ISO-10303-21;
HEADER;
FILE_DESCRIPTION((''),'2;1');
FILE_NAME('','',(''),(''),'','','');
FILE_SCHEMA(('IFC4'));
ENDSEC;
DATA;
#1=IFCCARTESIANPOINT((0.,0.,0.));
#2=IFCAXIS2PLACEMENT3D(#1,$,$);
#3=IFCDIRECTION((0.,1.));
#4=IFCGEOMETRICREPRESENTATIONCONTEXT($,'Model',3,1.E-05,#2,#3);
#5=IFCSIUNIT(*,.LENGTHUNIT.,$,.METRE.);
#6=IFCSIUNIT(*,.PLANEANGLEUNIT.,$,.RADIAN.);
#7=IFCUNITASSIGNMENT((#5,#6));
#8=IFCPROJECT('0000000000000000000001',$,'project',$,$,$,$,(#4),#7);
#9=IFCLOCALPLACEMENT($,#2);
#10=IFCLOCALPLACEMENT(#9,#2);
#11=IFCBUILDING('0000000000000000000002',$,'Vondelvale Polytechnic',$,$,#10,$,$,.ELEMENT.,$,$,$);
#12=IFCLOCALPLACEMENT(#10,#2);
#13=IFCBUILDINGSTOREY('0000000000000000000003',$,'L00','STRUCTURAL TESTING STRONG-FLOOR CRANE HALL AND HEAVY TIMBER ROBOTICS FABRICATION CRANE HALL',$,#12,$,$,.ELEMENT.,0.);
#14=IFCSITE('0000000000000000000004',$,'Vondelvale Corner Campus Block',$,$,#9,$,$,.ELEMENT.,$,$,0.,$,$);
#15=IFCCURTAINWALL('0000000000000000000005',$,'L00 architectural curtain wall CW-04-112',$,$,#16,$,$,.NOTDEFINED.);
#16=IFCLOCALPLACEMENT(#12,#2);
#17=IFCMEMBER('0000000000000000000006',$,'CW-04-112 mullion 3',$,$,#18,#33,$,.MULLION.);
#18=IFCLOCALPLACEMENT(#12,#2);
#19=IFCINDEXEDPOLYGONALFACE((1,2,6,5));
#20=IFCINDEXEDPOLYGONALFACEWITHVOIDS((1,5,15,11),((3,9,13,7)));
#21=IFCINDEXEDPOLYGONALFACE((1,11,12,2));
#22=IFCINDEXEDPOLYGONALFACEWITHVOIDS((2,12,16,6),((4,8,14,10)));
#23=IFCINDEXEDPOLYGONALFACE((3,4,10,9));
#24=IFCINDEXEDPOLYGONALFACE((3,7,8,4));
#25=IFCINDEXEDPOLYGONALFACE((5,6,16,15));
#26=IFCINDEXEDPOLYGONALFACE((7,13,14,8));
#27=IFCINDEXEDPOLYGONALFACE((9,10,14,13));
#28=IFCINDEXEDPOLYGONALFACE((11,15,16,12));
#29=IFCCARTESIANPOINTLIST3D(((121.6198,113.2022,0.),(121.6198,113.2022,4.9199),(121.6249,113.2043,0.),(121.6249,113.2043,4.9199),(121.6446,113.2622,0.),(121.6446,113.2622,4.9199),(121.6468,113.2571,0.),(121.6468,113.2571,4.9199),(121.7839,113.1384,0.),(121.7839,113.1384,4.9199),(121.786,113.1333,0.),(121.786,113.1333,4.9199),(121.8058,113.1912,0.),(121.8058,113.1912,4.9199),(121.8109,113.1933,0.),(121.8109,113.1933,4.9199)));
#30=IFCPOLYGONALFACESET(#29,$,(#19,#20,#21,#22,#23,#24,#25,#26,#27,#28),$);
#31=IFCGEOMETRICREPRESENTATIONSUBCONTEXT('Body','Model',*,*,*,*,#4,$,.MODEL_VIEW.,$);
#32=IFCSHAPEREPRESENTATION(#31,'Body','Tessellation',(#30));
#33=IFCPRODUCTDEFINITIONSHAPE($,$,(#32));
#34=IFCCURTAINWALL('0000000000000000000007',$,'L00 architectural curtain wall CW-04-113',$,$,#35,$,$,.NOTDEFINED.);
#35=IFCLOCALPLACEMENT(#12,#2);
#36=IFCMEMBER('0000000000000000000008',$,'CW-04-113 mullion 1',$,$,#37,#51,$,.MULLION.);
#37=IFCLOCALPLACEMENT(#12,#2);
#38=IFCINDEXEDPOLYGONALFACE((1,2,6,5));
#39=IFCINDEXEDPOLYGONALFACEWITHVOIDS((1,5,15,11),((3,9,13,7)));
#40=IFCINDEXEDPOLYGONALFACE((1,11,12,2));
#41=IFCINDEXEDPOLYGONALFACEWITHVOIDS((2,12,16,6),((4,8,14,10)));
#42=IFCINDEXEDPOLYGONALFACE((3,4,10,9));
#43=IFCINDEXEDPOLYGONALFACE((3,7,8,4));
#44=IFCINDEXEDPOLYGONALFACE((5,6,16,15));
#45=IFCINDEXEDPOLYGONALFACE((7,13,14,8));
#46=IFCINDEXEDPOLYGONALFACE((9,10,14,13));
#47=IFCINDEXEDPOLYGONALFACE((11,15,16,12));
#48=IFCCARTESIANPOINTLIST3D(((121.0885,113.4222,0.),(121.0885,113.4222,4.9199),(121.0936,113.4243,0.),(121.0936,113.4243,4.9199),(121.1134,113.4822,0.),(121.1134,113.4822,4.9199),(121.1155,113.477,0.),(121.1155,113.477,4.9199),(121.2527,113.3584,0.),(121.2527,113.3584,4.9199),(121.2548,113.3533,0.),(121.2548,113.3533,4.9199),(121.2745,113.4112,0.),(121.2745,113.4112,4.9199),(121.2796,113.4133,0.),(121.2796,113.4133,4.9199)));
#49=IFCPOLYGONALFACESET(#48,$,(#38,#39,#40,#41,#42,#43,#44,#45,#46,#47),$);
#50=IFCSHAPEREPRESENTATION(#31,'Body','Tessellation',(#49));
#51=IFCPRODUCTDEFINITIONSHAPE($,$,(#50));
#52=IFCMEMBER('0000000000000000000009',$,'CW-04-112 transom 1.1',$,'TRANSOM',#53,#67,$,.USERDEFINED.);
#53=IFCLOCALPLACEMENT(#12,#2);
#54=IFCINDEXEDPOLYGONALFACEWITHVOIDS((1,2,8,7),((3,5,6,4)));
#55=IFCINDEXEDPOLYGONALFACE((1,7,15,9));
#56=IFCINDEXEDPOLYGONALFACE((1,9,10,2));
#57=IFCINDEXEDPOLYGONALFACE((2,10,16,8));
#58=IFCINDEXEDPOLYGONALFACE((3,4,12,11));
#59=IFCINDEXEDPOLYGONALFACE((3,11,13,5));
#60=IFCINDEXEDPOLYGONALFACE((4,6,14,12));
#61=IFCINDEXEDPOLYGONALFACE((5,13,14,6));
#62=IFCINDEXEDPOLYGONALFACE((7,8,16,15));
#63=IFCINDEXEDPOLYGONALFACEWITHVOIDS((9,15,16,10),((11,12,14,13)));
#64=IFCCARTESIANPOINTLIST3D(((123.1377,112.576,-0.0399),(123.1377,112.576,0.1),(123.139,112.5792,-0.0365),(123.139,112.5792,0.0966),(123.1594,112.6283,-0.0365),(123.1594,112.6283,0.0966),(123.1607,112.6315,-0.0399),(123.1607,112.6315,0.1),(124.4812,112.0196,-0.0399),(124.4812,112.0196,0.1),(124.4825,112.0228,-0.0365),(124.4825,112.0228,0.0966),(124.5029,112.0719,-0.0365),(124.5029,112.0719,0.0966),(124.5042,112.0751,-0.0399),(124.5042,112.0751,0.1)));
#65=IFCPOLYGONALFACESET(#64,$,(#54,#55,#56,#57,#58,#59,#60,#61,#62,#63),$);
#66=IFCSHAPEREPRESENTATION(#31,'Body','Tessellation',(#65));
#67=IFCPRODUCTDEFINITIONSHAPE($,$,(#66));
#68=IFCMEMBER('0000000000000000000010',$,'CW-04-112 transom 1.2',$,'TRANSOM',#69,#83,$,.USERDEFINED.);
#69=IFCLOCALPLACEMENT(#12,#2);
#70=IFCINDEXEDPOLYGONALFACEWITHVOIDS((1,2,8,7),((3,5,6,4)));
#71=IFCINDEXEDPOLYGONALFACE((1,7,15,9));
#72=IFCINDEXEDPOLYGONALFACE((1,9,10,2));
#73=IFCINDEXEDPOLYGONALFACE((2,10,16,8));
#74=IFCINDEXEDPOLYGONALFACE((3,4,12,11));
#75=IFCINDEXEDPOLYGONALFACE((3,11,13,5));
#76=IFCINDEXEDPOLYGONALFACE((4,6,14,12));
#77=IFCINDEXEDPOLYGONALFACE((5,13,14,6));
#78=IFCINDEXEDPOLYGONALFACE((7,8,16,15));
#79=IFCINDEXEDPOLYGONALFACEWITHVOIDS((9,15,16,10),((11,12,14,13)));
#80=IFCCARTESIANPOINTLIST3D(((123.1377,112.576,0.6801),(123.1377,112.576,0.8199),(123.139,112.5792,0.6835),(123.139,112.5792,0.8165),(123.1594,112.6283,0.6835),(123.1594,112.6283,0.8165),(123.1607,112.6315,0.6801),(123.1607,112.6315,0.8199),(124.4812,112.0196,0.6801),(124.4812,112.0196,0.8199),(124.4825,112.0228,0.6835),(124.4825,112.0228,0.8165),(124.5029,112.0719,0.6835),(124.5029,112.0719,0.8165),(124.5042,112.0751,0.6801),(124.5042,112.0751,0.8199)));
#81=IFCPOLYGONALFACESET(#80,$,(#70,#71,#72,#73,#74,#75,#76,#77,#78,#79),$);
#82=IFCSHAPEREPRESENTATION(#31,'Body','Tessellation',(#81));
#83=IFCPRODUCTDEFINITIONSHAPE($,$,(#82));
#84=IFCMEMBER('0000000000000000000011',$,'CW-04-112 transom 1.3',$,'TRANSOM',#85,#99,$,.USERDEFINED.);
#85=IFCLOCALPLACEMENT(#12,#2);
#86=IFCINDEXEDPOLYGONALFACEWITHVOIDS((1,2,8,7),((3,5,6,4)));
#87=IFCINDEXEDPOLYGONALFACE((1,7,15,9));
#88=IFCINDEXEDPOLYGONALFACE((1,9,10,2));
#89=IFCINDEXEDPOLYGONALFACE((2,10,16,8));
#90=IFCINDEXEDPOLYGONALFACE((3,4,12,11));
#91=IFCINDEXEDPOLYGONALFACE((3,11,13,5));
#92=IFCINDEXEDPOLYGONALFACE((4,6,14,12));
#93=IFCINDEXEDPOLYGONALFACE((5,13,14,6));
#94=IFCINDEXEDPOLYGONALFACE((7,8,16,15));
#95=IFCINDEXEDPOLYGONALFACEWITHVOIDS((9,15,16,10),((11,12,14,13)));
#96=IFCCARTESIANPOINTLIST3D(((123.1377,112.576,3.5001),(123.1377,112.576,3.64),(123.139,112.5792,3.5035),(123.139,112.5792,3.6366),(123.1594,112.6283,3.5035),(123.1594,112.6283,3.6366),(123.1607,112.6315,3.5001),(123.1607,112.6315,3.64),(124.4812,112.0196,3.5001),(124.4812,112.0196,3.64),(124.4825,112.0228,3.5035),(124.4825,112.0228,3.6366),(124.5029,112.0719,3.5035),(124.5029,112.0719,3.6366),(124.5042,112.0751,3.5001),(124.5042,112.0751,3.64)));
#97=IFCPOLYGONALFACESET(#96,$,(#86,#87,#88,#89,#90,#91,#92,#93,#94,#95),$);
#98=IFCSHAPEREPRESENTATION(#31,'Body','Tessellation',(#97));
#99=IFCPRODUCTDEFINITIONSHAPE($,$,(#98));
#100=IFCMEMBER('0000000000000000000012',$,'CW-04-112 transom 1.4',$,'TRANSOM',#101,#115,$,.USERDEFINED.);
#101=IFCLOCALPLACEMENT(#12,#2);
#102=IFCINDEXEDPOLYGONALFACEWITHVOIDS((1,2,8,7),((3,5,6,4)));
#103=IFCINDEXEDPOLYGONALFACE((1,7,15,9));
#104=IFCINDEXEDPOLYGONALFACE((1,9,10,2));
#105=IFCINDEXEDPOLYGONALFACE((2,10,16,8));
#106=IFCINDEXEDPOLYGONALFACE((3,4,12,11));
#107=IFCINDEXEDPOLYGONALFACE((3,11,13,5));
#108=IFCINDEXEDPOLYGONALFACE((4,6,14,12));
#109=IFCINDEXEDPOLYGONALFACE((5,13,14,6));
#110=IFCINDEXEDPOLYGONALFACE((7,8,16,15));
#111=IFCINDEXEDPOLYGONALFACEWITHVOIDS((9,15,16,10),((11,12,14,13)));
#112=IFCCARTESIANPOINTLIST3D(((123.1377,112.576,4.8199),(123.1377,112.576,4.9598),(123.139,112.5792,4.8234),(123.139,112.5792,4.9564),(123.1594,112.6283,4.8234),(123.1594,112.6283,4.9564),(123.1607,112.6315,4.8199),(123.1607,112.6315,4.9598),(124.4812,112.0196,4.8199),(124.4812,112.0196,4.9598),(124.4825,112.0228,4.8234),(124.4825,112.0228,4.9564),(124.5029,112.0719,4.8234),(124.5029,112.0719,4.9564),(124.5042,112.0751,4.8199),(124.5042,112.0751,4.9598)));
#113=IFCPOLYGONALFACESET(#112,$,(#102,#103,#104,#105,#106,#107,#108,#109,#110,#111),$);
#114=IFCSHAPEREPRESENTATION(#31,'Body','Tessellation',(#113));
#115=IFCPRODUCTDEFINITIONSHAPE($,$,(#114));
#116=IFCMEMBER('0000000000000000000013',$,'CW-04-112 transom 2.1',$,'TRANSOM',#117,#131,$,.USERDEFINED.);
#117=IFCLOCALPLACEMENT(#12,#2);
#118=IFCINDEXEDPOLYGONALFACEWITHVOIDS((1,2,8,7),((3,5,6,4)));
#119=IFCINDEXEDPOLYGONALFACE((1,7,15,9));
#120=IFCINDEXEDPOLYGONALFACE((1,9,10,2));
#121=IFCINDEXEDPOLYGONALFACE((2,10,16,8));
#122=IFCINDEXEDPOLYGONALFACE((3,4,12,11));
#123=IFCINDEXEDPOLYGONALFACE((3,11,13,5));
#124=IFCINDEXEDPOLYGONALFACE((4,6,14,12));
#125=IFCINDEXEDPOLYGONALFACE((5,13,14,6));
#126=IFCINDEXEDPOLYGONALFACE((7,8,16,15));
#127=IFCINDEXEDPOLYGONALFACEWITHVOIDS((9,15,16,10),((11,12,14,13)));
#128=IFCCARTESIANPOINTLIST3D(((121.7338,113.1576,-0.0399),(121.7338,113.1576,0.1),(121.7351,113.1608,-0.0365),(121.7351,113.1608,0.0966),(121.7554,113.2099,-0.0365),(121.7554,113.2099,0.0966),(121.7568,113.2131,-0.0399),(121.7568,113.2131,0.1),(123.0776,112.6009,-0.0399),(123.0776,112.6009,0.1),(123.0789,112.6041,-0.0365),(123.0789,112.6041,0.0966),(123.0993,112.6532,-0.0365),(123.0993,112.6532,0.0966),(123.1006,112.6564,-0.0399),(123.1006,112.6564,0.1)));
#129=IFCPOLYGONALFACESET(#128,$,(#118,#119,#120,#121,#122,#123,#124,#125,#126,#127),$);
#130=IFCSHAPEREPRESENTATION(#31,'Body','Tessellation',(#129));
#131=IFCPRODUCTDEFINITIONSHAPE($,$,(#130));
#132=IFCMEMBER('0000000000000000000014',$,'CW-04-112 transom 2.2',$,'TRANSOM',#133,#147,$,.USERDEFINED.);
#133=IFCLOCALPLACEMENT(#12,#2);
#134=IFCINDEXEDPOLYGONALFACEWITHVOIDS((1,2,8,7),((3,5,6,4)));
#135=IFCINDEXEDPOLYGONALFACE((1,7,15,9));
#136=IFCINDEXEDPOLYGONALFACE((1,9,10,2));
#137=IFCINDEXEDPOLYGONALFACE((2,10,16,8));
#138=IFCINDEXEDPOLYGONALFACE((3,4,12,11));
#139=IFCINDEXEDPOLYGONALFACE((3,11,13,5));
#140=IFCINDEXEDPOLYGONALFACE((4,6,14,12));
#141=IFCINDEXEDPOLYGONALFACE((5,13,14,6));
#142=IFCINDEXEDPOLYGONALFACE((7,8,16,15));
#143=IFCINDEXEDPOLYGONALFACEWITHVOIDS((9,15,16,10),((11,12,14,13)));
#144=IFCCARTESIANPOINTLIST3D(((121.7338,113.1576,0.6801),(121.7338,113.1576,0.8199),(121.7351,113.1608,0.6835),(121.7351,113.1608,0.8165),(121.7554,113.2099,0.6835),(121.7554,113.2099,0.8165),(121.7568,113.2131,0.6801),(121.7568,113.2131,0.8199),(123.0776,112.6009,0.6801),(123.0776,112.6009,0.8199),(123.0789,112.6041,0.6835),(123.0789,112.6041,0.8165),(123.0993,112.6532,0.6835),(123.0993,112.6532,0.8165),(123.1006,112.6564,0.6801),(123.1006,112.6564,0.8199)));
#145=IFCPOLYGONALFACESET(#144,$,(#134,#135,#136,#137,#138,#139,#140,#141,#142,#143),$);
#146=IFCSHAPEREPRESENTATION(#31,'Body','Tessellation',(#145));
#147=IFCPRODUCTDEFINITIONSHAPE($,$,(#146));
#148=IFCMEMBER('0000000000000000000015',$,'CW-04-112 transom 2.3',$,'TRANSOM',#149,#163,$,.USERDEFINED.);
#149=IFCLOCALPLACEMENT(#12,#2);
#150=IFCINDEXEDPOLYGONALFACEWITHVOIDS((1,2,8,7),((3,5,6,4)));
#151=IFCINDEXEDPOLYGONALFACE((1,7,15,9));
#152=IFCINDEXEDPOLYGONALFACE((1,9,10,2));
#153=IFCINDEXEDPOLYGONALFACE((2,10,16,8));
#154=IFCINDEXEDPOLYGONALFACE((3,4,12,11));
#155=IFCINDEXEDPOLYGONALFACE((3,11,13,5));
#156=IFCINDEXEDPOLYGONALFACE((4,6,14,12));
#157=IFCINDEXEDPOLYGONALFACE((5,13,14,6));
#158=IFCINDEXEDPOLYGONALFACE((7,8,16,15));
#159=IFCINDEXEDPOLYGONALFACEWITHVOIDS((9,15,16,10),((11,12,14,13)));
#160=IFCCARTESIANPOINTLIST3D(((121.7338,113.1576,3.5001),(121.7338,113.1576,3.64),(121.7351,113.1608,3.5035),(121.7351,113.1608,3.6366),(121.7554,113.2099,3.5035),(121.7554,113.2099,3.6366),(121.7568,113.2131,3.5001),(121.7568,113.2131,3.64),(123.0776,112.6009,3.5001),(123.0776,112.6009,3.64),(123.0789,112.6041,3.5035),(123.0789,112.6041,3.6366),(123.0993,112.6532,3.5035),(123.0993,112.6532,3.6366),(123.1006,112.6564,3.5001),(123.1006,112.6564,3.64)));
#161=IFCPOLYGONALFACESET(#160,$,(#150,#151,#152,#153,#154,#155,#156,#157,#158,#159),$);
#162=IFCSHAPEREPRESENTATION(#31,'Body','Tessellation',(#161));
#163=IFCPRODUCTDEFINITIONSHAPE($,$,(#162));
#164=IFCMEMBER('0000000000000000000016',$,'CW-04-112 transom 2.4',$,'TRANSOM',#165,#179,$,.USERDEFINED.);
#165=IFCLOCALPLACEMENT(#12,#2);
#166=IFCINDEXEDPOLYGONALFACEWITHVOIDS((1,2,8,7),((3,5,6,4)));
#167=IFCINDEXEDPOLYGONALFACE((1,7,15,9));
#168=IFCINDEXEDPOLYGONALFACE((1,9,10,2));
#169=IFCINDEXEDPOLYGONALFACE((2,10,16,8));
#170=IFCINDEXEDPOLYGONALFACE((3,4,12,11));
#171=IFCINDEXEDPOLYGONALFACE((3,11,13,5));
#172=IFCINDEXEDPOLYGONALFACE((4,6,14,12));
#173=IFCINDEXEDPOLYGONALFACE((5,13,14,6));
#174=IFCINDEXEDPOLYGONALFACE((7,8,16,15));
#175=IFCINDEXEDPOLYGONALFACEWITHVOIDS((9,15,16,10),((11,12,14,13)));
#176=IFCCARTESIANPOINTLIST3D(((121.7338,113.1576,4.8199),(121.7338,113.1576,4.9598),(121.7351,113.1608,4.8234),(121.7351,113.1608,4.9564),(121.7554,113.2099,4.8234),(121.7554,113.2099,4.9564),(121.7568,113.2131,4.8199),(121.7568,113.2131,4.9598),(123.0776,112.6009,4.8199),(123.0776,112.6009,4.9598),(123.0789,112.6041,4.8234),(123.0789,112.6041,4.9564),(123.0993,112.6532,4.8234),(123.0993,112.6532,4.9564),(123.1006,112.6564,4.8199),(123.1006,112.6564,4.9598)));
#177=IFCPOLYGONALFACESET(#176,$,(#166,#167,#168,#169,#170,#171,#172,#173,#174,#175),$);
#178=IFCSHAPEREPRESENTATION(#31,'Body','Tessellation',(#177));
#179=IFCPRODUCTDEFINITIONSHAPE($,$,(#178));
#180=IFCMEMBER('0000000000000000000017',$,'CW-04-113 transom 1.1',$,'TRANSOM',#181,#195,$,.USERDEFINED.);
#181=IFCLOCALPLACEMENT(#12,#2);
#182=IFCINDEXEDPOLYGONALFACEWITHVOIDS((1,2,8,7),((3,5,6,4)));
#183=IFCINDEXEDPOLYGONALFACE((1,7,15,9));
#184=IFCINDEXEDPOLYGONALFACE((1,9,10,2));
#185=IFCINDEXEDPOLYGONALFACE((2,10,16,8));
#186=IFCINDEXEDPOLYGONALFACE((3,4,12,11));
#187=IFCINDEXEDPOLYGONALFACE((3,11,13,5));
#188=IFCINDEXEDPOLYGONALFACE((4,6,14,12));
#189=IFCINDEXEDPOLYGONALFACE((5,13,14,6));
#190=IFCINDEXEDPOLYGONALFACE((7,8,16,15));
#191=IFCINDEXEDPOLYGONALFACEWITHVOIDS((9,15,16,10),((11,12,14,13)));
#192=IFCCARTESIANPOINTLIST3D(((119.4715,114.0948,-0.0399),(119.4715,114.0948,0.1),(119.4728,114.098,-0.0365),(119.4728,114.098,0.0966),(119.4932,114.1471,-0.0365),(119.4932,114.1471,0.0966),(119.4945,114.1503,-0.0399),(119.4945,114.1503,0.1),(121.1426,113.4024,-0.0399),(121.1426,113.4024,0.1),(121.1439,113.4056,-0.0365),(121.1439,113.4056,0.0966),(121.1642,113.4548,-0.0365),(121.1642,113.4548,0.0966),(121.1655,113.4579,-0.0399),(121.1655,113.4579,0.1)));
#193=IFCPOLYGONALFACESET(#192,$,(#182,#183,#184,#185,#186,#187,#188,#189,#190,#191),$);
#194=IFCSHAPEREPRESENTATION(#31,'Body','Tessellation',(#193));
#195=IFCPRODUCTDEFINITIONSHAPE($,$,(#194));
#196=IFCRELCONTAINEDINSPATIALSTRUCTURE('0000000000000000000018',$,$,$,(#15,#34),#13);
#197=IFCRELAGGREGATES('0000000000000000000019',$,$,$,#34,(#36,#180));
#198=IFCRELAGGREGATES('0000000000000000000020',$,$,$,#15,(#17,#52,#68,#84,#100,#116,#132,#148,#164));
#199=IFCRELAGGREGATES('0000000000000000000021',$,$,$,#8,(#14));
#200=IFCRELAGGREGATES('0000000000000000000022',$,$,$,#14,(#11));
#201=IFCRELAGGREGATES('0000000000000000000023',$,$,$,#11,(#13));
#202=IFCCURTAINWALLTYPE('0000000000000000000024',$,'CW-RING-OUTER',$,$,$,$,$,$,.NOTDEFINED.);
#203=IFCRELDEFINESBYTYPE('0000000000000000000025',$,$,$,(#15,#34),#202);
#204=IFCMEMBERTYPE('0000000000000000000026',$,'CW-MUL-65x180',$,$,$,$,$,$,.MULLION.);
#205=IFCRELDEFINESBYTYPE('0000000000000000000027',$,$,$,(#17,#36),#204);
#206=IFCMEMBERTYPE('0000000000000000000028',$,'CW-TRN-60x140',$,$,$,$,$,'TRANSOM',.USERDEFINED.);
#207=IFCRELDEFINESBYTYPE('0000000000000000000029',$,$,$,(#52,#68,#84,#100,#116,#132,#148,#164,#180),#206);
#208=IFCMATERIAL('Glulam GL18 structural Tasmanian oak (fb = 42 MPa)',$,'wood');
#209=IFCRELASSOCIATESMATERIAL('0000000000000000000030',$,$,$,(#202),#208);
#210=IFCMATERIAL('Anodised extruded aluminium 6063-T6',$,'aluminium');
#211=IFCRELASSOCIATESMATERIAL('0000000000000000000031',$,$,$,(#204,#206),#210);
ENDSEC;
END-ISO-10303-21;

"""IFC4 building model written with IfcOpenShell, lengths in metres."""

from ifc_helpers import new_model, si_unit, direction, frame, origin, origin_2d, place, context, subcontext, project, spatial, hollow_rectangle, extrude, material, material_profile, profile_set, type_object, element, aggregate, save


model = new_model("IFC4")

# Units and contexts
model_context = context("Model", 3, precision=1e-05, world=origin(), true_north=direction((0.0, 1.0)))
body_context = subcontext(model_context, "Body", "Model", "MODEL_VIEW")
ifc_project = project(units=[si_unit("LENGTHUNIT", "METRE"), si_unit("PLANEANGLEUNIT", "RADIAN")], contexts=[model_context])

# Site, building, storey
site_placement = place(None, origin())
site = spatial("IfcSite", under=ifc_project, at=site_placement, Name="Vondelvale Corner Campus Block", CompositionType="ELEMENT", RefElevation=0.0)
building_placement = place(site_placement, origin())
building = spatial("IfcBuilding", under=site, at=building_placement, Name="Vondelvale Polytechnic", CompositionType="ELEMENT")
storey_placement = place(building_placement, origin())
storey = spatial("IfcBuildingStorey", under=building, at=storey_placement, Name="L00", Description="STRUCTURAL TESTING STRONG-FLOOR CRANE HALL AND HEAVY TIMBER ROBOTICS FABRICATION CRANE HALL", CompositionType="ELEMENT", Elevation=0.0)

# Shared definitions
ifc_material_1 = material(Name="Glulam GL18 structural Tasmanian oak (fb = 42 MPa)", Category="wood")

# Shared definitions
curtain_wall_type = type_object("IfcCurtainWallType", Name="CW-RING-OUTER", PredefinedType="NOTDEFINED", material=ifc_material_1)
ifc_material_2 = material(Name="Anodised extruded aluminium 6063-T6", Category="aluminium")
ifc_material_profile_1 = material_profile(ifc_material_2, hollow_rectangle(XDim=0.0649, YDim=0.1799, WallThickness=0.0039, at=origin_2d()), Name="CW-MUL-180x65")
ifc_profile_set_1 = profile_set([ifc_material_profile_1], Name="Anodised extruded aluminium 6063-T6")
member_type_1 = type_object("IfcMemberType", Name="CW-MUL-65x180", PredefinedType="MULLION", material=ifc_profile_set_1)

# Curtain wall, member
curtain_wall_1_placement = place(storey_placement, origin())
curtain_wall_1 = element("IfcCurtainWall", 1, at=curtain_wall_1_placement, inside=storey, type_object=curtain_wall_type, Name="L00 architectural curtain wall CW-04-112", PredefinedType="NOTDEFINED")
member_1_placement = place(storey_placement, frame((121.7153, 113.1978, 0.0), z_axis=(0.0, 0.0, 1.0), x_axis=(-0.382679, -0.923881, 0.0)))
member_1 = element("IfcMember", 2, at=member_1_placement, type_object=member_type_1, Name="CW-04-112 mullion 3", PredefinedType="MULLION", context=body_context, shape_type="SweptSolid", body=[
    extrude(hollow_rectangle(XDim=0.0649, YDim=0.1799, WallThickness=0.0039, at=origin_2d()), origin(), (0.0, 0.0, 1.0), 4.9199),
])

# Curtain wall, member
curtain_wall_2_placement = place(storey_placement, origin())
curtain_wall_2 = element("IfcCurtainWall", 3, at=curtain_wall_2_placement, inside=storey, type_object=curtain_wall_type, Name="L00 architectural curtain wall CW-04-113", PredefinedType="NOTDEFINED")
member_2_placement = place(storey_placement, frame((121.1841, 113.4177, 0.0), z_axis=(0.0, 0.0, 1.0), x_axis=(-0.382695, -0.923875, 0.0)))
member_2 = element("IfcMember", 4, at=member_2_placement, type_object=member_type_1, Name="CW-04-113 mullion 1", PredefinedType="MULLION", context=body_context, shape_type="SweptSolid", body=[
    extrude(hollow_rectangle(XDim=0.0649, YDim=0.1799, WallThickness=0.0039, at=origin_2d()), origin(), (0.0, 0.0, 1.0), 4.9199),
])

# Members
ifc_material_profile_2 = material_profile(ifc_material_2, hollow_rectangle(XDim=0.0601, YDim=0.1399, WallThickness=0.0034, at=origin_2d()), Name="CW-TRN-140x60")
ifc_profile_set_2 = profile_set([ifc_material_profile_2], Name="Anodised extruded aluminium 6063-T6")
member_type_2 = type_object("IfcMemberType", Name="CW-TRN-60x140", ElementType="TRANSOM", PredefinedType="USERDEFINED", material=ifc_profile_set_2)
member_3_placement = place(storey_placement, frame((124.4927, 112.0474, 0.03), z_axis=(-0.923904, 0.382624, 0.0), x_axis=(-0.382624, -0.923904, 0.0)))
member_3 = element("IfcMember", 5, at=member_3_placement, type_object=member_type_2, Name="CW-04-112 transom 1.1", ObjectType="TRANSOM", PredefinedType="USERDEFINED", context=body_context, shape_type="SweptSolid", body=[
    extrude(hollow_rectangle(XDim=0.0601, YDim=0.1399, WallThickness=0.0034, at=origin_2d()), origin(), (0.0, 0.0, 1.0), 1.4541),
])
member_4_placement = place(storey_placement, frame((124.4927, 112.0474, 0.75), z_axis=(-0.923904, 0.382624, 0.0), x_axis=(-0.382624, -0.923904, 0.0)))
member_4 = element("IfcMember", 6, at=member_4_placement, type_object=member_type_2, Name="CW-04-112 transom 1.2", ObjectType="TRANSOM", PredefinedType="USERDEFINED", context=body_context, shape_type="SweptSolid", body=[
    extrude(hollow_rectangle(XDim=0.0601, YDim=0.1399, WallThickness=0.0034, at=origin_2d()), origin(), (0.0, 0.0, 1.0), 1.4541),
])
member_5_placement = place(storey_placement, frame((124.4927, 112.0474, 3.5701), z_axis=(-0.923904, 0.382624, 0.0), x_axis=(-0.382624, -0.923904, 0.0)))
member_5 = element("IfcMember", 7, at=member_5_placement, type_object=member_type_2, Name="CW-04-112 transom 1.3", ObjectType="TRANSOM", PredefinedType="USERDEFINED", context=body_context, shape_type="SweptSolid", body=[
    extrude(hollow_rectangle(XDim=0.0601, YDim=0.1399, WallThickness=0.0034, at=origin_2d()), origin(), (0.0, 0.0, 1.0), 1.4541),
])
member_6_placement = place(storey_placement, frame((124.4927, 112.0474, 4.8899), z_axis=(-0.923904, 0.382624, 0.0), x_axis=(-0.382624, -0.923904, 0.0)))
member_6 = element("IfcMember", 8, at=member_6_placement, type_object=member_type_2, Name="CW-04-112 transom 1.4", ObjectType="TRANSOM", PredefinedType="USERDEFINED", context=body_context, shape_type="SweptSolid", body=[
    extrude(hollow_rectangle(XDim=0.0601, YDim=0.1399, WallThickness=0.0034, at=origin_2d()), origin(), (0.0, 0.0, 1.0), 1.4541),
])
member_7_placement = place(storey_placement, frame((123.0891, 112.6287, 0.03), z_axis=(-0.92387, 0.382708, 0.0), x_axis=(-0.382708, -0.92387, 0.0)))
member_7 = element("IfcMember", 9, at=member_7_placement, type_object=member_type_2, Name="CW-04-112 transom 2.1", ObjectType="TRANSOM", PredefinedType="USERDEFINED", context=body_context, shape_type="SweptSolid", body=[
    extrude(hollow_rectangle(XDim=0.0601, YDim=0.1399, WallThickness=0.0034, at=origin_2d()), origin(), (0.0, 0.0, 1.0), 1.4546),
])
member_8_placement = place(storey_placement, frame((123.0891, 112.6287, 0.75), z_axis=(-0.92387, 0.382708, 0.0), x_axis=(-0.382708, -0.92387, 0.0)))
member_8 = element("IfcMember", 10, at=member_8_placement, type_object=member_type_2, Name="CW-04-112 transom 2.2", ObjectType="TRANSOM", PredefinedType="USERDEFINED", context=body_context, shape_type="SweptSolid", body=[
    extrude(hollow_rectangle(XDim=0.0601, YDim=0.1399, WallThickness=0.0034, at=origin_2d()), origin(), (0.0, 0.0, 1.0), 1.4546),
])
member_9_placement = place(storey_placement, frame((123.0891, 112.6287, 3.5701), z_axis=(-0.92387, 0.382708, 0.0), x_axis=(-0.382708, -0.92387, 0.0)))
member_9 = element("IfcMember", 11, at=member_9_placement, type_object=member_type_2, Name="CW-04-112 transom 2.3", ObjectType="TRANSOM", PredefinedType="USERDEFINED", context=body_context, shape_type="SweptSolid", body=[
    extrude(hollow_rectangle(XDim=0.0601, YDim=0.1399, WallThickness=0.0034, at=origin_2d()), origin(), (0.0, 0.0, 1.0), 1.4546),
])
member_10_placement = place(storey_placement, frame((123.0891, 112.6287, 4.8899), z_axis=(-0.92387, 0.382708, 0.0), x_axis=(-0.382708, -0.92387, 0.0)))
member_10 = element("IfcMember", 12, at=member_10_placement, type_object=member_type_2, Name="CW-04-112 transom 2.4", ObjectType="TRANSOM", PredefinedType="USERDEFINED", context=body_context, shape_type="SweptSolid", body=[
    extrude(hollow_rectangle(XDim=0.0601, YDim=0.1399, WallThickness=0.0034, at=origin_2d()), origin(), (0.0, 0.0, 1.0), 1.4546),
])
member_11_placement = place(storey_placement, frame((121.1541, 113.4302, 0.03), z_axis=(-0.923846, 0.382765, 0.0), x_axis=(-0.382765, -0.923846, 0.0)))
member_11 = element("IfcMember", 13, at=member_11_placement, type_object=member_type_2, Name="CW-04-113 transom 1.1", ObjectType="TRANSOM", PredefinedType="USERDEFINED", context=body_context, shape_type="SweptSolid", body=[
    extrude(hollow_rectangle(XDim=0.0601, YDim=0.1399, WallThickness=0.0034, at=origin_2d()), origin(), (0.0, 0.0, 1.0), 1.8088),
])
aggregate(curtain_wall_2, [member_2, member_11])

aggregate(curtain_wall_1, [member_1, member_3, member_4, member_5, member_6, member_7, member_8, member_9, member_10])

save(model, "model.ifc")
